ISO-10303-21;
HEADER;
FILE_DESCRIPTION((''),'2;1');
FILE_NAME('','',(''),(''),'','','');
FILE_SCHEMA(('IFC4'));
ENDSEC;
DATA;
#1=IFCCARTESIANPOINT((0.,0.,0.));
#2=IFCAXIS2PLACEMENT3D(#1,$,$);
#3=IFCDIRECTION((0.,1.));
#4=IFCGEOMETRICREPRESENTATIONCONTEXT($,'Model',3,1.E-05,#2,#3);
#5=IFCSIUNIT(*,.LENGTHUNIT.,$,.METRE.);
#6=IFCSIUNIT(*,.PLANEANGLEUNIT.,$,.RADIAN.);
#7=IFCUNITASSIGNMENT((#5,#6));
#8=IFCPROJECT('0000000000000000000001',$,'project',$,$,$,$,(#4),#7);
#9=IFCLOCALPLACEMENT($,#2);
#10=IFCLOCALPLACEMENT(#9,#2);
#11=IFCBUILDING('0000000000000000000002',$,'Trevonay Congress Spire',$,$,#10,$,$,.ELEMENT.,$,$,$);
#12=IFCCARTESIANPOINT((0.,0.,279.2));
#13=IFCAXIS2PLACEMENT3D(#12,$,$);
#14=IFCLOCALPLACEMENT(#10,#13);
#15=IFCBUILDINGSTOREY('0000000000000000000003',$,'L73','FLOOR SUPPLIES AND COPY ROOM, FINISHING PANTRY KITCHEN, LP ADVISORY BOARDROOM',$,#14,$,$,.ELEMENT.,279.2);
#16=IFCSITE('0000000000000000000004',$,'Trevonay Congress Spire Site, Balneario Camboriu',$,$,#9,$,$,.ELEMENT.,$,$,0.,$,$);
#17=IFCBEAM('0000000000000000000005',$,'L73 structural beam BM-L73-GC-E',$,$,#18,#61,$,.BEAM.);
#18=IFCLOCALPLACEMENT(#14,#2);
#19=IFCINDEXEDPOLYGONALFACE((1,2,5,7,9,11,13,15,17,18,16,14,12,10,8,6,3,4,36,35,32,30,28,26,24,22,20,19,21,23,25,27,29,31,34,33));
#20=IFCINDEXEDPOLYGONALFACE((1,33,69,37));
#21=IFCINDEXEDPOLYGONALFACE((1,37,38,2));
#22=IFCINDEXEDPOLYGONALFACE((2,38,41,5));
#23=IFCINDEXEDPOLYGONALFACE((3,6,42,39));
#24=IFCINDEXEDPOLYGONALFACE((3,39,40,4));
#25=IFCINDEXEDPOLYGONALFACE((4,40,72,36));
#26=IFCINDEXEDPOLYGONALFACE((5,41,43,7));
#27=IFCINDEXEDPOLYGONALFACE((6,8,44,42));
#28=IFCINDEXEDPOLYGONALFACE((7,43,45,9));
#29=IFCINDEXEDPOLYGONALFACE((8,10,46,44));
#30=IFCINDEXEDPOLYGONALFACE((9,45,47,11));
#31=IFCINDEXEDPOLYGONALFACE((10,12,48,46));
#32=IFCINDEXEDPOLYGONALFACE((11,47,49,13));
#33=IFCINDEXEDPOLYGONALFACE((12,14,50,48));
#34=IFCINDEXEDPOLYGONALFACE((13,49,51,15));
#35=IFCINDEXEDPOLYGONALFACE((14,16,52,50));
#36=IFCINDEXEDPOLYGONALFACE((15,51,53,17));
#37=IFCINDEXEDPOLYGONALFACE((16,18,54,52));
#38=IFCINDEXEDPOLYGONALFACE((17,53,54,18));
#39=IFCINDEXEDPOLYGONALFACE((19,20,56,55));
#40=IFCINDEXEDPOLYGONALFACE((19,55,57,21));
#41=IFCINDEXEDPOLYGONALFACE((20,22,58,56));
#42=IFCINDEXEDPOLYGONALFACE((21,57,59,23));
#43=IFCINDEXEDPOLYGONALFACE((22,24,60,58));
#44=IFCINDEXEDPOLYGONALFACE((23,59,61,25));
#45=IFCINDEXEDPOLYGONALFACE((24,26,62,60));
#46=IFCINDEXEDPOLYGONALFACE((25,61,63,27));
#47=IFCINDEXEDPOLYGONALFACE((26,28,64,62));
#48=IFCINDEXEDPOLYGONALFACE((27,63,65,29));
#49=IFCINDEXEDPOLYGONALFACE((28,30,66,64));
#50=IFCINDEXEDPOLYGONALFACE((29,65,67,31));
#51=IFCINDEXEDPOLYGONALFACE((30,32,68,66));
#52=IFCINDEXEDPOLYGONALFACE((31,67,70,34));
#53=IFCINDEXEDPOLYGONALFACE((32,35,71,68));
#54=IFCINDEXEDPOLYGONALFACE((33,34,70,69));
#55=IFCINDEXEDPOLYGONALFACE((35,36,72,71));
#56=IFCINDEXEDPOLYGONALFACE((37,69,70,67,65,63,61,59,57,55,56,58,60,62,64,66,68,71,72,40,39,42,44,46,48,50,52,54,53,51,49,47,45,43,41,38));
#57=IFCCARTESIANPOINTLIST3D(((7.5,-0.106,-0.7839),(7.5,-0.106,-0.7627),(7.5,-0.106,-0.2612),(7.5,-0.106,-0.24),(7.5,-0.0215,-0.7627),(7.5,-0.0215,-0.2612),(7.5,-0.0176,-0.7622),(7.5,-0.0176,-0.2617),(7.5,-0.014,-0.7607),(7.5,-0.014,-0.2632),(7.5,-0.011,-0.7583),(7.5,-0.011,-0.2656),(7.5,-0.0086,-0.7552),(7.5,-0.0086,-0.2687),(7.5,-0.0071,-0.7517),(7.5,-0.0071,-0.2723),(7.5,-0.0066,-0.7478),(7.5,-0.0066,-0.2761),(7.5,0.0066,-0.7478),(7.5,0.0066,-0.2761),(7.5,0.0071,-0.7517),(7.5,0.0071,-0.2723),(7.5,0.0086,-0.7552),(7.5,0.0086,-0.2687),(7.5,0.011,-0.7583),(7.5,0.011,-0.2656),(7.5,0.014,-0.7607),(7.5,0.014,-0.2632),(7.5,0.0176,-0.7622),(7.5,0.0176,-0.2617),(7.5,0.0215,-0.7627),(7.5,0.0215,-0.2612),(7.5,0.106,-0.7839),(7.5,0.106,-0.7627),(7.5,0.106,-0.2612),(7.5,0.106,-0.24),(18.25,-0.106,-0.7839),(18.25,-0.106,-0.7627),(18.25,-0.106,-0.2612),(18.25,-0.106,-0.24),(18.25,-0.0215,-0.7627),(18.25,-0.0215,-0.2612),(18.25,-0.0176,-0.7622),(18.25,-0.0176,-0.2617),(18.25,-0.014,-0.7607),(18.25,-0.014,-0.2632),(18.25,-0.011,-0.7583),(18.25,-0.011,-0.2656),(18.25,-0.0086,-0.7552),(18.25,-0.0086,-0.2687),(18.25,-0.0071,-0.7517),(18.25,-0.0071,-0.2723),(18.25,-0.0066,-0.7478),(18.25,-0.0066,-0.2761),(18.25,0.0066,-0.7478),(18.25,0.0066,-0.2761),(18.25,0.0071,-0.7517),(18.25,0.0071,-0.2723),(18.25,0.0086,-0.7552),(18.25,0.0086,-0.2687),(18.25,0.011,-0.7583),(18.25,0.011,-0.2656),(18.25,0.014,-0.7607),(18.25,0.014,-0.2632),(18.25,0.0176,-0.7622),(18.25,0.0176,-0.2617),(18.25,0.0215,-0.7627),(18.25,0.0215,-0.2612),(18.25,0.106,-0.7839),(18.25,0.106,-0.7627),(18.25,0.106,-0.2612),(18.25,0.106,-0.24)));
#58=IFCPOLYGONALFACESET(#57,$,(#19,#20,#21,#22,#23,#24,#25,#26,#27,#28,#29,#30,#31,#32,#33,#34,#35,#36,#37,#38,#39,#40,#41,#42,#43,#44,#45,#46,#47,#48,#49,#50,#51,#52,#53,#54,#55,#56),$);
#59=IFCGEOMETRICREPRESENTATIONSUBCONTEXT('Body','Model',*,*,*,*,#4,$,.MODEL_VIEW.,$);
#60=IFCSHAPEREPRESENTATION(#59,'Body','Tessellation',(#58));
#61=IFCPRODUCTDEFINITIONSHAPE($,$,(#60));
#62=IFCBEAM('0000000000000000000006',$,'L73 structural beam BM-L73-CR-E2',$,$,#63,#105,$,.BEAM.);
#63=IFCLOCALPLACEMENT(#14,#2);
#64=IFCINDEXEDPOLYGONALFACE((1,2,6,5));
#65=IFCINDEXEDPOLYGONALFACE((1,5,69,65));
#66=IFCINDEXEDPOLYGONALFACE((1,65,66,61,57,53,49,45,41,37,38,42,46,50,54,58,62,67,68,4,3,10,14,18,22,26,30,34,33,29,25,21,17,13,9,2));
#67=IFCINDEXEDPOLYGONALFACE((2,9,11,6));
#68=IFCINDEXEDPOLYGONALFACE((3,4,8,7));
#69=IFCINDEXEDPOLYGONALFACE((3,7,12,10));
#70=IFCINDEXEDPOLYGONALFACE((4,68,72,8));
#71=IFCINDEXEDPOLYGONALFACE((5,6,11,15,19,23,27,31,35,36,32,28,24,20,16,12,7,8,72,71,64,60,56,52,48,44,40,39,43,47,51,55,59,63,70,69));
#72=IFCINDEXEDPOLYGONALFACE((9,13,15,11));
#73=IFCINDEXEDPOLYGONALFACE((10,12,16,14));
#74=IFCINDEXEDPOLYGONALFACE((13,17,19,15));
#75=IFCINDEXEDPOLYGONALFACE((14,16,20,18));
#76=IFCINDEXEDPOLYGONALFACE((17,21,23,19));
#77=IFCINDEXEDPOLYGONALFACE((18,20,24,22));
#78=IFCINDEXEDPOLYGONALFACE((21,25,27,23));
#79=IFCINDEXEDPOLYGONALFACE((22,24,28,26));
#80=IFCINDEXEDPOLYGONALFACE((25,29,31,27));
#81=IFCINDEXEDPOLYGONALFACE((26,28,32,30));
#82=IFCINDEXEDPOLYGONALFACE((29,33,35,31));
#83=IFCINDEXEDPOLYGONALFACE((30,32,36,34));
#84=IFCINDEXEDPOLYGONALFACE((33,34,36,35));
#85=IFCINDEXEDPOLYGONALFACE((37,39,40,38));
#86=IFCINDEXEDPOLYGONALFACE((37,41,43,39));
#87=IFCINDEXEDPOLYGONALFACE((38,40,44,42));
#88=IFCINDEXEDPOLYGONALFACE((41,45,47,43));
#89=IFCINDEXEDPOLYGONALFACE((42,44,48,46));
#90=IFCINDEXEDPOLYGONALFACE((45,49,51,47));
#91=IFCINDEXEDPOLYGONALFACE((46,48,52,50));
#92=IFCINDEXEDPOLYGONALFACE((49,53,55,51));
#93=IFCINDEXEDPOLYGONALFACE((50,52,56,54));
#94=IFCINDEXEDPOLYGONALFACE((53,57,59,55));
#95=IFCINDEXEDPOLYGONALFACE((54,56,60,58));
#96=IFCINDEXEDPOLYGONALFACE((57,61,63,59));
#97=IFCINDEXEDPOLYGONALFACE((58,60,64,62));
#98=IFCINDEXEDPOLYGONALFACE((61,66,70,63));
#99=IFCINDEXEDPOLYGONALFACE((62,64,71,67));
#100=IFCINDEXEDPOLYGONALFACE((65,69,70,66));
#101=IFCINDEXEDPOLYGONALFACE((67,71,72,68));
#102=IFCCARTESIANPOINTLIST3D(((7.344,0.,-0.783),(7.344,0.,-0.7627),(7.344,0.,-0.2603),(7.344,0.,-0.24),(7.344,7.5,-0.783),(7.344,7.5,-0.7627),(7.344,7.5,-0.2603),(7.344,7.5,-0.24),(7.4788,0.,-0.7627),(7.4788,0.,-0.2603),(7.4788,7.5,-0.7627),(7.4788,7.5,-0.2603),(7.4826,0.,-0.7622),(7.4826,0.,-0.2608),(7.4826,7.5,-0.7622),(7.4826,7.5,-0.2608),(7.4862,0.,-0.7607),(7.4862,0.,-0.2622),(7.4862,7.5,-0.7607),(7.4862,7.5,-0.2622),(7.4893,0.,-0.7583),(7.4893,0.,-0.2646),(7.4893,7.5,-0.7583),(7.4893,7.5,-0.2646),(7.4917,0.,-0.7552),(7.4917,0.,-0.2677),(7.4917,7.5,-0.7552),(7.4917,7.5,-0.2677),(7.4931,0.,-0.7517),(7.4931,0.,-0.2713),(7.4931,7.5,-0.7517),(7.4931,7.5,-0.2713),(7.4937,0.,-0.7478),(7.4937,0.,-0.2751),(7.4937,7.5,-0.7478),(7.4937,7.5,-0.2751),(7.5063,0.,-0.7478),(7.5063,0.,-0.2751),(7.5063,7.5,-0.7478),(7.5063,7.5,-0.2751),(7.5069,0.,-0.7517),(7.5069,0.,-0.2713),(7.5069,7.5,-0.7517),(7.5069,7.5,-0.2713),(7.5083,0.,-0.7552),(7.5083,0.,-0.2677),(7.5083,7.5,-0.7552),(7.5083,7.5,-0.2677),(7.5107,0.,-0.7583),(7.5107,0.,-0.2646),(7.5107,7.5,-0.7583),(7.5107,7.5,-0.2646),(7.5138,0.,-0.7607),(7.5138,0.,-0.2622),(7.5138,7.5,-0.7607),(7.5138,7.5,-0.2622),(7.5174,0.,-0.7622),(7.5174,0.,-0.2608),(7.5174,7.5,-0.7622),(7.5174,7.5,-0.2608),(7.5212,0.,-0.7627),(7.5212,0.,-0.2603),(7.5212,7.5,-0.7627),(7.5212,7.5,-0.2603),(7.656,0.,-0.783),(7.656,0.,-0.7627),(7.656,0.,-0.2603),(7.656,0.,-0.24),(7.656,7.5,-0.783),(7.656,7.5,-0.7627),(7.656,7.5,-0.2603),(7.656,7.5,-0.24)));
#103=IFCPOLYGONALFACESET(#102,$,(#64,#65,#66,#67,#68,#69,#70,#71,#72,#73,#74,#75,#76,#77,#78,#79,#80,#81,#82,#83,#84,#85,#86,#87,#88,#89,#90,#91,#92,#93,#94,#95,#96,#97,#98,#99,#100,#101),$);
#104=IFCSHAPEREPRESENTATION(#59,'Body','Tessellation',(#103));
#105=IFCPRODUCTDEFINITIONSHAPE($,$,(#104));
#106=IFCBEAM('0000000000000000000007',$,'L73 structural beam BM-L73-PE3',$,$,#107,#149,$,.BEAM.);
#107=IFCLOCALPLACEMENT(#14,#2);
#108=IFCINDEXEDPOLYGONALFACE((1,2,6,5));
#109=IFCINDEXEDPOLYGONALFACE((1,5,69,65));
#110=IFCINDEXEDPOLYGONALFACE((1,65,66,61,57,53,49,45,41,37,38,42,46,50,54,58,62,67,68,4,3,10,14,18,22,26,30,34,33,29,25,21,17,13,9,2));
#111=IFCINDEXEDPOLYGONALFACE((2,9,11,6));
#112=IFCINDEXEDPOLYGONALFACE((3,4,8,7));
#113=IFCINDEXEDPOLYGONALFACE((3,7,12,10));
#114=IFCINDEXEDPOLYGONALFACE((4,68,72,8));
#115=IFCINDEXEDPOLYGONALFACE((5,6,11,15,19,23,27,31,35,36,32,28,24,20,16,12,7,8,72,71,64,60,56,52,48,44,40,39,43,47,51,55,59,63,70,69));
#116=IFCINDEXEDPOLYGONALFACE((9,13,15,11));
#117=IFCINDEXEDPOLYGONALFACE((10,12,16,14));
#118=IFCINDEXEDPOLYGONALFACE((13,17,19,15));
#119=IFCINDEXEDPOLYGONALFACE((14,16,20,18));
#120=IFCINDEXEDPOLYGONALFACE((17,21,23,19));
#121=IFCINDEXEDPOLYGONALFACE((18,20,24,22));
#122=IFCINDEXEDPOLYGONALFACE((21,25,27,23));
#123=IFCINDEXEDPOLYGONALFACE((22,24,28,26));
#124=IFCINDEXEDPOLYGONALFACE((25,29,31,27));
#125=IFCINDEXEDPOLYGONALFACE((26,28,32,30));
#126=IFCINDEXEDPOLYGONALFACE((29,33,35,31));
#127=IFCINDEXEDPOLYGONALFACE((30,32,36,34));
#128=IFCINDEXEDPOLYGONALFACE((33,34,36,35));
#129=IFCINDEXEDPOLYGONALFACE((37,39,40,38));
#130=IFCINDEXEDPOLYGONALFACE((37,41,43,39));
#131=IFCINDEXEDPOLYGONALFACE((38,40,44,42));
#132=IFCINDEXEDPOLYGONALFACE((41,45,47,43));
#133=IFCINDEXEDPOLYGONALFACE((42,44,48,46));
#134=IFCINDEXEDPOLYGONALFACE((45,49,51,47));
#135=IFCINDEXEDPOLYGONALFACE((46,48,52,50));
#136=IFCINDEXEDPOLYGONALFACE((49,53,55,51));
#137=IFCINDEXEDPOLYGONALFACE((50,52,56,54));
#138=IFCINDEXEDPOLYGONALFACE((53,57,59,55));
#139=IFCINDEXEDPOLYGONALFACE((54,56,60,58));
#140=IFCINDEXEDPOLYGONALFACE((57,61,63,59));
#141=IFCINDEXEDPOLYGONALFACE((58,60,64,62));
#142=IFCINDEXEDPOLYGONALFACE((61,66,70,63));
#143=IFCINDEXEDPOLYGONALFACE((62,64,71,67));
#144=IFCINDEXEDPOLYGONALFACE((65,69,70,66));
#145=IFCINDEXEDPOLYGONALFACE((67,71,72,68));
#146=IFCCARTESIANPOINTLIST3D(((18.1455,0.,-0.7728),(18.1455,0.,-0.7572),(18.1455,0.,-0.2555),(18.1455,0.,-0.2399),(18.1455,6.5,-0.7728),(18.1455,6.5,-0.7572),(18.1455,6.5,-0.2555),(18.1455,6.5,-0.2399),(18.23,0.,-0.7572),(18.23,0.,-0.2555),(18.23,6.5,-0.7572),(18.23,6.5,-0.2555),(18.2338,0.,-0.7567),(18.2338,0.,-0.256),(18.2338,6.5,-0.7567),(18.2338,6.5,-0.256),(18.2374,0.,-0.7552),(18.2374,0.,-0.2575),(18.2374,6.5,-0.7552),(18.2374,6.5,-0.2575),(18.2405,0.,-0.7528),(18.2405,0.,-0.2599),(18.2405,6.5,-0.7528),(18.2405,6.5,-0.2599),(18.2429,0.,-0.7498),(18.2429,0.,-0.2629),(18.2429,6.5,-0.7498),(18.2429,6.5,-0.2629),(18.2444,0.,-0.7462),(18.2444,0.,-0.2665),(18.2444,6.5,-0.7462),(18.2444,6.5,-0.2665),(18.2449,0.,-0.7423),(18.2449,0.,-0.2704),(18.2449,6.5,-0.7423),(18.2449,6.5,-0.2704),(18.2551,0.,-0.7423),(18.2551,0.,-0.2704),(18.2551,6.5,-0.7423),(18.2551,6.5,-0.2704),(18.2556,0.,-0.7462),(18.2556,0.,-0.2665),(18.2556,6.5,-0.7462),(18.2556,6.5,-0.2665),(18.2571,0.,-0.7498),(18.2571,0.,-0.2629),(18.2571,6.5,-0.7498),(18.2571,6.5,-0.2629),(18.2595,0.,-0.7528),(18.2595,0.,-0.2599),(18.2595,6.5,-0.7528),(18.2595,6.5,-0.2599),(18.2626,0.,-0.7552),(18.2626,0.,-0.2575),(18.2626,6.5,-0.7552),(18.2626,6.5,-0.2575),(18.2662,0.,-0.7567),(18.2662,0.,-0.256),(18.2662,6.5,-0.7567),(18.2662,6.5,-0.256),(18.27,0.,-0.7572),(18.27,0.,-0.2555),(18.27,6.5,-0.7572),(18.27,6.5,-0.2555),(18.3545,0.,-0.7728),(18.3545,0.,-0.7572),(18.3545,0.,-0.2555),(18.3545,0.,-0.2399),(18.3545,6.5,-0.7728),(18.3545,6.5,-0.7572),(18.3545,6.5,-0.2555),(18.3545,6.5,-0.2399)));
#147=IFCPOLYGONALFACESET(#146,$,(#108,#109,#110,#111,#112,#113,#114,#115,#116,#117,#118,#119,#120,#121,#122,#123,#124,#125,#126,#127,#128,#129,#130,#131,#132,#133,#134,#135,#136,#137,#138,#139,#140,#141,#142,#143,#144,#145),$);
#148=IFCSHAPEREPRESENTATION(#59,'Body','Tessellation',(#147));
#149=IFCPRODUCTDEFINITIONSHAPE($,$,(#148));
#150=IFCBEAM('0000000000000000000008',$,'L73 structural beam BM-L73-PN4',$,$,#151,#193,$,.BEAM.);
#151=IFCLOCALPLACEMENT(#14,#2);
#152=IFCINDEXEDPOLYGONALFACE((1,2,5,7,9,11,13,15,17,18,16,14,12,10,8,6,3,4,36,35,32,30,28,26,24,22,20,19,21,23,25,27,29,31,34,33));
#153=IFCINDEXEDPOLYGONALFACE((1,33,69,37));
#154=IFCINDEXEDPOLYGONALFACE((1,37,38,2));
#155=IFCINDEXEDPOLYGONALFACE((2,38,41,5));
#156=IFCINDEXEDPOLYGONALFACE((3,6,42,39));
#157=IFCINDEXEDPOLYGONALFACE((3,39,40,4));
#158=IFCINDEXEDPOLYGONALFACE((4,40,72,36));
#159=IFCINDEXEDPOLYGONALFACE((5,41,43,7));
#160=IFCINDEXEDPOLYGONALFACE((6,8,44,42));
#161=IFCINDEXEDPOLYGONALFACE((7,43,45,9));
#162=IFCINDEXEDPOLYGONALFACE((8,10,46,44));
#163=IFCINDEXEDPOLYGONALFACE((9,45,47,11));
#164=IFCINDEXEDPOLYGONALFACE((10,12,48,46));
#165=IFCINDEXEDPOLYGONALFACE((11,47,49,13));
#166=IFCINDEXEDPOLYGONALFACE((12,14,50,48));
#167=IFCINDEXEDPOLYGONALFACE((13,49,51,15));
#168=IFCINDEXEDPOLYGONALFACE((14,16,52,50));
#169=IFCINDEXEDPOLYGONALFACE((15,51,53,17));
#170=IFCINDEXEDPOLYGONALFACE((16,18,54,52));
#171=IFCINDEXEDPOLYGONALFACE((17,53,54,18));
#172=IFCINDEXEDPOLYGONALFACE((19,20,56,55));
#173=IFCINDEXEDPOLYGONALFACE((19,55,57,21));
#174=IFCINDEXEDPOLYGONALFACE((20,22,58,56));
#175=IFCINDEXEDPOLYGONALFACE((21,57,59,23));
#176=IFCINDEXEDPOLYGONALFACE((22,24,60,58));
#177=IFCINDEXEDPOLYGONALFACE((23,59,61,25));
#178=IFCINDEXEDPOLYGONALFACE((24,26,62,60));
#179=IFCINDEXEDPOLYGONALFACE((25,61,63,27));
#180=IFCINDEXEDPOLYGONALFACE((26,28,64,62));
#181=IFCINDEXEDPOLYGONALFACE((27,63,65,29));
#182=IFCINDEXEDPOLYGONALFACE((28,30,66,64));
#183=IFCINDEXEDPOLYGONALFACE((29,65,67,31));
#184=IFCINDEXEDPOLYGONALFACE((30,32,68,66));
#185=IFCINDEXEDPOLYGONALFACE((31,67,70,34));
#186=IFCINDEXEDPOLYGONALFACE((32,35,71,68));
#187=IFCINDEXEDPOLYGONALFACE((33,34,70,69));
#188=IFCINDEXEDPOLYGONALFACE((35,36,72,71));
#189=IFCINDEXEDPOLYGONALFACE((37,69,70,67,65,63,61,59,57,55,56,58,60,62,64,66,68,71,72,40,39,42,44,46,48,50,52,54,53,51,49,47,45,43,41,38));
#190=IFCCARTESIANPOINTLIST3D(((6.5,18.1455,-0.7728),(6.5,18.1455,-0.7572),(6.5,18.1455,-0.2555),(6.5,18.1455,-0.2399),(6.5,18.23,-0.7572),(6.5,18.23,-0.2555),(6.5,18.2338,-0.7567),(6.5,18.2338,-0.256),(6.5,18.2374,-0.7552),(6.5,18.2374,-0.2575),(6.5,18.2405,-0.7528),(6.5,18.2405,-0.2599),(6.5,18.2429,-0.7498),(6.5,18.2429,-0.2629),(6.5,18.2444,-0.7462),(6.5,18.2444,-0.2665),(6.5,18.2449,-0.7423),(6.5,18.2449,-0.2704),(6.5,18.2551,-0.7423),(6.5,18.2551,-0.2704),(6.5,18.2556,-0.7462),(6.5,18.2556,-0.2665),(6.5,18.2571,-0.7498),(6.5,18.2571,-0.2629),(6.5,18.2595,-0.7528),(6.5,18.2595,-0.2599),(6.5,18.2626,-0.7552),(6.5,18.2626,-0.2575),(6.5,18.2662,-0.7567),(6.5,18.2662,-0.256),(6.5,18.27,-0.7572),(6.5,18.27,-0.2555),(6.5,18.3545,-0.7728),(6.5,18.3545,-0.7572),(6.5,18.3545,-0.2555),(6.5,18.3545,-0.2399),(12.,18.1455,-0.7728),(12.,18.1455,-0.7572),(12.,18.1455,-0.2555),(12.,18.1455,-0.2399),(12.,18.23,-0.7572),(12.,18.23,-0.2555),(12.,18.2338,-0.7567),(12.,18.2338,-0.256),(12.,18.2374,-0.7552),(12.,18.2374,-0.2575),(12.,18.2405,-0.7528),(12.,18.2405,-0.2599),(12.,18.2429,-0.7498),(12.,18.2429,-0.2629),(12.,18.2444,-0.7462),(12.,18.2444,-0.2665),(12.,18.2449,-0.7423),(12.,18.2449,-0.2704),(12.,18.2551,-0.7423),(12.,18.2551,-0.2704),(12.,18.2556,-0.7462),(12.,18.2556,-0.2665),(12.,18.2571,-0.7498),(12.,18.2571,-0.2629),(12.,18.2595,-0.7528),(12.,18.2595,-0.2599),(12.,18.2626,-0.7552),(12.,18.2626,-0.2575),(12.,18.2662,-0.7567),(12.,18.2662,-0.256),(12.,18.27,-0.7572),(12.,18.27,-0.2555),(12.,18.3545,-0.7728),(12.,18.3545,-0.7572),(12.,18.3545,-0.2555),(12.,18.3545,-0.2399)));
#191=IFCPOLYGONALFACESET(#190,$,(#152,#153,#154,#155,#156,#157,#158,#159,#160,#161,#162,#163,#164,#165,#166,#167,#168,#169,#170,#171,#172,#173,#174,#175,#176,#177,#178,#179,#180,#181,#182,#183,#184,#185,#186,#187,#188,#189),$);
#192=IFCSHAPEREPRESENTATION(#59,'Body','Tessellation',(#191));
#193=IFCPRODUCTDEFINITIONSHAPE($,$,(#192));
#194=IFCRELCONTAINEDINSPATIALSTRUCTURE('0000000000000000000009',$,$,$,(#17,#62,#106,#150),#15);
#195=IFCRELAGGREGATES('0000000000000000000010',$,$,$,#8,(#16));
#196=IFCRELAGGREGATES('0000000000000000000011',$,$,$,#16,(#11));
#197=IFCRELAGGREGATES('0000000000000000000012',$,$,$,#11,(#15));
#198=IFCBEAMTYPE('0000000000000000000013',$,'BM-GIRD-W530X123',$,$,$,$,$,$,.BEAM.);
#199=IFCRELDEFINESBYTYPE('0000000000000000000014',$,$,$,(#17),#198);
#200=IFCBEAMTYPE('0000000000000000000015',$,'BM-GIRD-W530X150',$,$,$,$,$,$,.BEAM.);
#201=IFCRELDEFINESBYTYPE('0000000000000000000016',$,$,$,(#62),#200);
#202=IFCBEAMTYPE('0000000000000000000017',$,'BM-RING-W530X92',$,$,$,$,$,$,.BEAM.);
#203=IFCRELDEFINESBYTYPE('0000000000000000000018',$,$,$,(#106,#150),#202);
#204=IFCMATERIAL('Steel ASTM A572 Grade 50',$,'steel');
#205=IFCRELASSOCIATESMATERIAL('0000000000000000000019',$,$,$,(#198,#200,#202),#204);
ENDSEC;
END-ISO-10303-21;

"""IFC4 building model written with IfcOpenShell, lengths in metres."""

from ifc_helpers import new_model, si_unit, direction, frame, origin, origin_2d, place, context, subcontext, project, spatial, i_section, extrude, material, material_profile, profile_set, type_object, element, save


model = new_model("IFC4")

# Units and contexts
model_context = context("Model", 3, precision=1e-05, world=origin(), true_north=direction((0.0, 1.0)))
body_context = subcontext(model_context, "Body", "Model", "MODEL_VIEW")
ifc_project = project(units=[si_unit("LENGTHUNIT", "METRE"), si_unit("PLANEANGLEUNIT", "RADIAN")], contexts=[model_context])

# Site, building, storey
site_placement = place(None, origin())
site = spatial("IfcSite", under=ifc_project, at=site_placement, Name="Trevonay Congress Spire Site, Balneario Camboriu", CompositionType="ELEMENT", RefElevation=0.0)
building_placement = place(site_placement, origin())
building = spatial("IfcBuilding", under=site, at=building_placement, Name="Trevonay Congress Spire", CompositionType="ELEMENT")
storey_placement = place(building_placement, frame((0.0, 0.0, 279.2)))
storey = spatial("IfcBuildingStorey", under=building, at=storey_placement, Name="L73", Description="FLOOR SUPPLIES AND COPY ROOM, FINISHING PANTRY KITCHEN, LP ADVISORY BOARDROOM", CompositionType="ELEMENT", Elevation=279.2)

# Shared definitions
ifc_material_1 = material(Name="Steel ASTM A572 Grade 50", Category="steel")

# Beams
ifc_material_profile_1 = material_profile(ifc_material_1, i_section(OverallWidth=0.2119, OverallDepth=0.5439, WebThickness=0.0132, FlangeThickness=0.0212, FilletRadius=0.0149, at=origin_2d()), Name="W530x123")
ifc_profile_set_1 = profile_set([ifc_material_profile_1], Name="Steel ASTM A572 Grade 50")
beam_type_1 = type_object("IfcBeamType", Name="BM-GIRD-W530X123", PredefinedType="BEAM", material=ifc_profile_set_1)
beam_1_placement = place(storey_placement, frame((7.5, 0.0, -0.512), z_axis=(1.0, 0.0, 0.0), x_axis=(0.0, 1.0, 0.0)))
element("IfcBeam", 1, at=beam_1_placement, inside=storey, type_object=beam_type_1, Name="L73 structural beam BM-L73-GC-E", PredefinedType="BEAM", context=body_context, shape_type="SweptSolid", body=[
    extrude(i_section(OverallWidth=0.2119, OverallDepth=0.5439, WebThickness=0.0132, FlangeThickness=0.0212, FilletRadius=0.0149, at=origin_2d()), origin(), (0.0, 0.0, 1.0), 10.75),
])
ifc_material_profile_2 = material_profile(ifc_material_1, i_section(OverallWidth=0.312, OverallDepth=0.543, WebThickness=0.0127, FlangeThickness=0.0203, FilletRadius=0.0149, at=origin_2d()), Name="W530x150")
ifc_profile_set_2 = profile_set([ifc_material_profile_2], Name="Steel ASTM A572 Grade 50")
beam_type_2 = type_object("IfcBeamType", Name="BM-GIRD-W530X150", PredefinedType="BEAM", material=ifc_profile_set_2)
beam_2_placement = place(storey_placement, frame((7.5, 0.0, -0.5115), z_axis=(0.0, 1.0, 0.0), x_axis=(-1.0, 0.0, 0.0)))
element("IfcBeam", 2, at=beam_2_placement, inside=storey, type_object=beam_type_2, Name="L73 structural beam BM-L73-CR-E2", PredefinedType="BEAM", context=body_context, shape_type="SweptSolid", body=[
    extrude(i_section(OverallWidth=0.312, OverallDepth=0.543, WebThickness=0.0127, FlangeThickness=0.0203, FilletRadius=0.0149, at=origin_2d()), origin(), (0.0, 0.0, 1.0), 7.5),
])
ifc_material_profile_3 = material_profile(ifc_material_1, i_section(OverallWidth=0.209, OverallDepth=0.533, WebThickness=0.0103, FlangeThickness=0.0156, FilletRadius=0.0149, at=origin_2d()), Name="W530x92")
ifc_profile_set_3 = profile_set([ifc_material_profile_3], Name="Steel ASTM A572 Grade 50")
beam_type_3 = type_object("IfcBeamType", Name="BM-RING-W530X92", PredefinedType="BEAM", material=ifc_profile_set_3)
beam_3_placement = place(storey_placement, frame((18.25, 0.0, -0.5063), z_axis=(0.0, 1.0, 0.0), x_axis=(-1.0, 0.0, 0.0)))
element("IfcBeam", 3, at=beam_3_placement, inside=storey, type_object=beam_type_3, Name="L73 structural beam BM-L73-PE3", PredefinedType="BEAM", context=body_context, shape_type="SweptSolid", body=[
    extrude(i_section(OverallWidth=0.209, OverallDepth=0.533, WebThickness=0.0103, FlangeThickness=0.0156, FilletRadius=0.0149, at=origin_2d()), origin(), (0.0, 0.0, 1.0), 6.5),
])
for number, where, z_axis, x_axis, name in (
    (4, (6.5, 18.25, -0.5063), (1.0, 0.0, 0.0), (0.0, 1.0, 0.0), "L73 structural beam BM-L73-PN4"),
):
    element("IfcBeam", number, at=place(storey_placement, frame(where, z_axis=z_axis, x_axis=x_axis)), inside=storey, type_object=beam_type_3, Name=name, PredefinedType="BEAM", context=body_context, shape_type="SweptSolid", body=[
        extrude(i_section(OverallWidth=0.209, OverallDepth=0.533, WebThickness=0.0103, FlangeThickness=0.0156, FilletRadius=0.0149, at=origin_2d()), origin(), (0.0, 0.0, 1.0), 5.5),
    ])

save(model, "model.ifc")
